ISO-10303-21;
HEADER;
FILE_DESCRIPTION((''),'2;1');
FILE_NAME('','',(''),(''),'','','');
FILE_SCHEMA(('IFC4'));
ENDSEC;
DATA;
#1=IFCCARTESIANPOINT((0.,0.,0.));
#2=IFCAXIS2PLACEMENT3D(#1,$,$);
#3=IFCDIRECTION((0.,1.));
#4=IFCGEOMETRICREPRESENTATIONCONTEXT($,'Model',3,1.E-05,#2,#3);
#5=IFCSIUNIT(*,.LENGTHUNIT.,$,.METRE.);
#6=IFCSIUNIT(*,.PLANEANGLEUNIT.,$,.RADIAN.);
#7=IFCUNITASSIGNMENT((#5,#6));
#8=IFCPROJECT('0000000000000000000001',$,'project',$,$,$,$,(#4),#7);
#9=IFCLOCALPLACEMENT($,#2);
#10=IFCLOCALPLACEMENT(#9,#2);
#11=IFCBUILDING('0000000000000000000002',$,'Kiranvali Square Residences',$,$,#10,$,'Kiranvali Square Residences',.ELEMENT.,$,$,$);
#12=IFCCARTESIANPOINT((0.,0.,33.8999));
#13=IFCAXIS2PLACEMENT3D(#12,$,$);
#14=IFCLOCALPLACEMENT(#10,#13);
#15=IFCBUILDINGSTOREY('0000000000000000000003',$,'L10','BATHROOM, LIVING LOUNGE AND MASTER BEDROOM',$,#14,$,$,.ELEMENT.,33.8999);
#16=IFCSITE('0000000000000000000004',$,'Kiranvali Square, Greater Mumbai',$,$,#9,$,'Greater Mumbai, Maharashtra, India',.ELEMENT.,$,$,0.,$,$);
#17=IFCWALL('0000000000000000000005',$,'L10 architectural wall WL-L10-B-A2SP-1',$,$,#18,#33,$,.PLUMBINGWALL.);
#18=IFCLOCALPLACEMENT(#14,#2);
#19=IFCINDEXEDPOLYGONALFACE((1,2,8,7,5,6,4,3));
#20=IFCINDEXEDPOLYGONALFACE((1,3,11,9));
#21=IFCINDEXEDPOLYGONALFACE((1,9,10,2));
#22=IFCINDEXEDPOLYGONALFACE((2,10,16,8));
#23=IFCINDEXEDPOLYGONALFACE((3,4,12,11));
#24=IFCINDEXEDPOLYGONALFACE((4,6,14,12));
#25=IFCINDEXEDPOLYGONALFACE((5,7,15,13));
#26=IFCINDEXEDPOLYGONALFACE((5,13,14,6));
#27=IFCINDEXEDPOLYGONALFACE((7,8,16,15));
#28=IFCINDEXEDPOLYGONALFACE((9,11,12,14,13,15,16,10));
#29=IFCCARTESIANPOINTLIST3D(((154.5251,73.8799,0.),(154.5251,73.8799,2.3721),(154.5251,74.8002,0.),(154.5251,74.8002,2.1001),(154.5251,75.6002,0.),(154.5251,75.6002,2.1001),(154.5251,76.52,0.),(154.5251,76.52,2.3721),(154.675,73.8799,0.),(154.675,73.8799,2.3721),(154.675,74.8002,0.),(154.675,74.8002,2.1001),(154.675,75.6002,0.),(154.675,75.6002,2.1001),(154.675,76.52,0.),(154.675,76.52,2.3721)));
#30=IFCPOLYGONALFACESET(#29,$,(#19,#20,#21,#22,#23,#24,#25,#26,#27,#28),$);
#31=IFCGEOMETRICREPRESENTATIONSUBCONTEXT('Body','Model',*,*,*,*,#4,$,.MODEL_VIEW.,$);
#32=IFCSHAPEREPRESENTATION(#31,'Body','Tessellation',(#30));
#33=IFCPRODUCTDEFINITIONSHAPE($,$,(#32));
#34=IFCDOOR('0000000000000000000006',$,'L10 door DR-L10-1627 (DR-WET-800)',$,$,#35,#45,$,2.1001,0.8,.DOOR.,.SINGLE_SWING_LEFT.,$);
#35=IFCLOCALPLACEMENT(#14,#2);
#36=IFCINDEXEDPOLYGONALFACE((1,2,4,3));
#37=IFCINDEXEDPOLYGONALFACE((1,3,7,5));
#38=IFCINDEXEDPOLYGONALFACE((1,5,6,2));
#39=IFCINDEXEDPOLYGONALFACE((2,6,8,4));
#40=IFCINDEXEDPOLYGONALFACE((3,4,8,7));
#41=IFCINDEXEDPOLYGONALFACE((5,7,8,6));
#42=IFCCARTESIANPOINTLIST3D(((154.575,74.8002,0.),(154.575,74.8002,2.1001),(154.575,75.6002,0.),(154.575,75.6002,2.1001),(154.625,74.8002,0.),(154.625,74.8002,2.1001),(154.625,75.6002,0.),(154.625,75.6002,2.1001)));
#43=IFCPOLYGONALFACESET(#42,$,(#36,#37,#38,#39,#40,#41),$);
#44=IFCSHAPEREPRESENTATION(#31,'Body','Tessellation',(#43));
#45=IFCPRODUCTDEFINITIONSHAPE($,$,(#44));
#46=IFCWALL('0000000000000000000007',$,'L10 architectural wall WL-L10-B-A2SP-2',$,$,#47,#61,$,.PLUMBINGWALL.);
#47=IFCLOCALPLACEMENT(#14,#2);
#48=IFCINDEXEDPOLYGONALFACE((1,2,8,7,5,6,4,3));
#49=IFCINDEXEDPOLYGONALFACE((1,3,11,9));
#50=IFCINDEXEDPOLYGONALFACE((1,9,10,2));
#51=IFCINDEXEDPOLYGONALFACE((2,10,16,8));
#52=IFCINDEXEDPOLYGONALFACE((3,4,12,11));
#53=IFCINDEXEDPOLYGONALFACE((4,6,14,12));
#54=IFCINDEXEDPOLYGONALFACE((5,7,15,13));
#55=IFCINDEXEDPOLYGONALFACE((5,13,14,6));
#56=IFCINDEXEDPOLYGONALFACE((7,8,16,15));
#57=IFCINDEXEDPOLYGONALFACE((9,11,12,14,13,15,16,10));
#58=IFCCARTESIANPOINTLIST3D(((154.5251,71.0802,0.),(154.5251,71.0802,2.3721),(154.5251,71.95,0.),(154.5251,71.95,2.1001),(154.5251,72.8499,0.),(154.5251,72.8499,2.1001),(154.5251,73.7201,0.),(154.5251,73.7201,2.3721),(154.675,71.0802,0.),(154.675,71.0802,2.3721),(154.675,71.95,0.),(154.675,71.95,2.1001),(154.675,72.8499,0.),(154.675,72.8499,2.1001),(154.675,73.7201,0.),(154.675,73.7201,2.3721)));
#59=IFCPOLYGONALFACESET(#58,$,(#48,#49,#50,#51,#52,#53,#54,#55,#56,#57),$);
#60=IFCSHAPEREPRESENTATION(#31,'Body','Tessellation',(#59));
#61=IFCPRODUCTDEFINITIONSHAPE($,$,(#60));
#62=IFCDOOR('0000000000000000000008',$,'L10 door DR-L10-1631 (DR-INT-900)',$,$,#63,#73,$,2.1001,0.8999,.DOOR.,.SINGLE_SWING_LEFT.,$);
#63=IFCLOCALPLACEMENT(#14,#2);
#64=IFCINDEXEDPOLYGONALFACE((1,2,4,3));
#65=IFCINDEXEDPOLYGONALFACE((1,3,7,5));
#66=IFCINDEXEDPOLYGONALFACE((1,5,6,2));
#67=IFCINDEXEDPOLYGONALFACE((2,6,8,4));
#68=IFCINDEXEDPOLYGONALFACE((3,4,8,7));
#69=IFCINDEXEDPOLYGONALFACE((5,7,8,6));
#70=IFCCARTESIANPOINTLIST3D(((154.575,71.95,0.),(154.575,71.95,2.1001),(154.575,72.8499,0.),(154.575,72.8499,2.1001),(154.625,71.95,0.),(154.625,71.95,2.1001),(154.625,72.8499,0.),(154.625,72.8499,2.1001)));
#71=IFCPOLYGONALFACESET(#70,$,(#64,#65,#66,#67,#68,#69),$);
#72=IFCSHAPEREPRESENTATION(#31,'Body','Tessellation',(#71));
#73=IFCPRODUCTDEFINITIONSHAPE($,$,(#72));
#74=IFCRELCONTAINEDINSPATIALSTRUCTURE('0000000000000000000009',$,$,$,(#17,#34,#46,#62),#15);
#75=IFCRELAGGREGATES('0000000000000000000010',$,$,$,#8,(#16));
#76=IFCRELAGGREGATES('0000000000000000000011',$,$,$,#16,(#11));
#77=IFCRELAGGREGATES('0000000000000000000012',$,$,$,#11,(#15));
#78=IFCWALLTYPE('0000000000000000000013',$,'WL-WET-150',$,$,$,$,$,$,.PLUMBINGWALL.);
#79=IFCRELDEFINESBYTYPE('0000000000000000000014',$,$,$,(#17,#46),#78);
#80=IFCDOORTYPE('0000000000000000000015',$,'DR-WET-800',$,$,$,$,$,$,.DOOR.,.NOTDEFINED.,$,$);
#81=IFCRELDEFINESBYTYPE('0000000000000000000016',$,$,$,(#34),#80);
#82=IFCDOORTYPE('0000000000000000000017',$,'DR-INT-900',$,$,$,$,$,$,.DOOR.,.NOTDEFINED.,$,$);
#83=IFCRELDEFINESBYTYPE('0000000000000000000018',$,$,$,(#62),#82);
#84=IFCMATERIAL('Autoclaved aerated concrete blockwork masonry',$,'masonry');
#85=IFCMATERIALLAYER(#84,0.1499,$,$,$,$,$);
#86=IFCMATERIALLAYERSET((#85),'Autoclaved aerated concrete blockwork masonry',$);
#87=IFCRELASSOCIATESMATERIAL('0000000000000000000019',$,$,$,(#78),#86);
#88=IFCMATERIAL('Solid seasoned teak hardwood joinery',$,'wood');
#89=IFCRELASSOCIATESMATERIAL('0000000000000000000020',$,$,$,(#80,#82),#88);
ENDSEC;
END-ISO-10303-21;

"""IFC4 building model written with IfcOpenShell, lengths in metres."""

from ifc_helpers import new_model, si_unit, direction, frame, frame_2d, origin, place, context, subcontext, project, spatial, rectangle, extrude, material, layer, layer_set, type_object, element, fill, save


model = new_model("IFC4")

# Units and contexts
model_context = context("Model", 3, precision=1e-05, world=origin(), true_north=direction((0.0, 1.0)))
body_context = subcontext(model_context, "Body", "Model", "MODEL_VIEW")
ifc_project = project(units=[si_unit("LENGTHUNIT", "METRE"), si_unit("PLANEANGLEUNIT", "RADIAN")], contexts=[model_context])

# Site, building, storey
site_placement = place(None, origin())
site = spatial("IfcSite", under=ifc_project, at=site_placement, Name="Kiranvali Square, Greater Mumbai", LongName="Greater Mumbai, Maharashtra, India", CompositionType="ELEMENT", RefElevation=0.0)
building_placement = place(site_placement, origin())
building = spatial("IfcBuilding", under=site, at=building_placement, Name="Kiranvali Square Residences", LongName="Kiranvali Square Residences", CompositionType="ELEMENT")
storey_placement = place(building_placement, frame((0.0, 0.0, 33.8999)))
storey = spatial("IfcBuildingStorey", under=building, at=storey_placement, Name="L10", Description="BATHROOM, LIVING LOUNGE AND MASTER BEDROOM", CompositionType="ELEMENT", Elevation=33.8999)

# Walls, openings, doors
ifc_material_1 = material(Name="Autoclaved aerated concrete blockwork masonry", Category="masonry")
ifc_layer_1 = layer(ifc_material_1, 0.1499)
ifc_layer_set_1 = layer_set([ifc_layer_1], Name="Autoclaved aerated concrete blockwork masonry")
wall_type_1 = type_object("IfcWallType", Name="WL-WET-150", PredefinedType="PLUMBINGWALL", material=ifc_layer_set_1)
wall_1_placement = place(storey_placement, frame((154.6001, 76.52, 0.0), z_axis=(0.0, 0.0, 1.0), x_axis=(0.0, -1.0, 0.0)))
wall_1 = element("IfcWall", 1, at=wall_1_placement, inside=storey, type_object=wall_type_1, Name="L10 architectural wall WL-L10-B-A2SP-1", PredefinedType="PLUMBINGWALL", context=body_context, shape_type="SweptSolid", body=[
    extrude(rectangle(XDim=2.6401, YDim=0.1499, at=frame_2d((1.3201, 0.0))), origin(), (0.0, 0.0, 1.0), 2.3721),
])
opening_1_placement = place(wall_1_placement, frame((0.9199, 0.0, 0.0)))
opening_1 = element("IfcOpeningElement", 2, at=opening_1_placement, cuts=wall_1, PredefinedType="OPENING", context=body_context, shape_type="SweptSolid", body=[
    extrude(rectangle(XDim=0.8, YDim=2.1001, at=frame_2d((0.3999, 1.05))), frame((0.0, 0.085, 0.0), z_axis=(0.0, -1.0, 0.0), x_axis=(1.0, 0.0, 0.0)), (0.0, 0.0, 1.0), 0.1699),
])
ifc_material_2 = material(Name="Solid seasoned teak hardwood joinery", Category="wood")
door_type_1 = type_object("IfcDoorType", Name="DR-WET-800", OperationType="NOTDEFINED", PredefinedType="DOOR", material=ifc_material_2)
door_1_placement = place(opening_1_placement, origin())
door_1 = element("IfcDoor", 3, at=door_1_placement, inside=storey, type_object=door_type_1, Name="L10 door DR-L10-1627 (DR-WET-800)", OperationType="SINGLE_SWING_LEFT", OverallHeight=2.1001, OverallWidth=0.8, PredefinedType="DOOR", context=body_context, shape_type="SweptSolid", body=[
    extrude(rectangle(XDim=0.8, YDim=2.1001, at=frame_2d((0.3999, 1.05))), frame((0.0, 0.0249, 0.0), z_axis=(0.0, -1.0, 0.0), x_axis=(1.0, 0.0, 0.0)), (0.0, 0.0, 1.0), 0.05),
])
fill(opening_1, door_1)
wall_2_placement = place(storey_placement, frame((154.6001, 73.72, 0.0), z_axis=(0.0, 0.0, 1.0), x_axis=(0.0, -1.0, 0.0)))
wall_2 = element("IfcWall", 4, at=wall_2_placement, inside=storey, type_object=wall_type_1, Name="L10 architectural wall WL-L10-B-A2SP-2", PredefinedType="PLUMBINGWALL", context=body_context, shape_type="SweptSolid", body=[
    extrude(rectangle(XDim=2.6399, YDim=0.1499, at=frame_2d((1.3198, 0.0))), origin(), (0.0, 0.0, 1.0), 2.3721),
])
opening_2_placement = place(wall_2_placement, frame((0.8701, 0.0, 0.0)))
opening_2 = element("IfcOpeningElement", 5, at=opening_2_placement, cuts=wall_2, PredefinedType="OPENING", context=body_context, shape_type="SweptSolid", body=[
    extrude(rectangle(XDim=0.8999, YDim=2.1001, at=frame_2d((0.45, 1.05))), frame((0.0, 0.085, 0.0), z_axis=(0.0, -1.0, 0.0), x_axis=(1.0, 0.0, 0.0)), (0.0, 0.0, 1.0), 0.1699),
])
door_type_2 = type_object("IfcDoorType", Name="DR-INT-900", OperationType="NOTDEFINED", PredefinedType="DOOR", material=ifc_material_2)
door_2_placement = place(opening_2_placement, origin())
door_2 = element("IfcDoor", 6, at=door_2_placement, inside=storey, type_object=door_type_2, Name="L10 door DR-L10-1631 (DR-INT-900)", OperationType="SINGLE_SWING_LEFT", OverallHeight=2.1001, OverallWidth=0.8999, PredefinedType="DOOR", context=body_context, shape_type="SweptSolid", body=[
    extrude(rectangle(XDim=0.8999, YDim=2.1001, at=frame_2d((0.45, 1.05))), frame((0.0, 0.0249, 0.0), z_axis=(0.0, -1.0, 0.0), x_axis=(1.0, 0.0, 0.0)), (0.0, 0.0, 1.0), 0.05),
])
fill(opening_2, door_2)

save(model, "model.ifc")
